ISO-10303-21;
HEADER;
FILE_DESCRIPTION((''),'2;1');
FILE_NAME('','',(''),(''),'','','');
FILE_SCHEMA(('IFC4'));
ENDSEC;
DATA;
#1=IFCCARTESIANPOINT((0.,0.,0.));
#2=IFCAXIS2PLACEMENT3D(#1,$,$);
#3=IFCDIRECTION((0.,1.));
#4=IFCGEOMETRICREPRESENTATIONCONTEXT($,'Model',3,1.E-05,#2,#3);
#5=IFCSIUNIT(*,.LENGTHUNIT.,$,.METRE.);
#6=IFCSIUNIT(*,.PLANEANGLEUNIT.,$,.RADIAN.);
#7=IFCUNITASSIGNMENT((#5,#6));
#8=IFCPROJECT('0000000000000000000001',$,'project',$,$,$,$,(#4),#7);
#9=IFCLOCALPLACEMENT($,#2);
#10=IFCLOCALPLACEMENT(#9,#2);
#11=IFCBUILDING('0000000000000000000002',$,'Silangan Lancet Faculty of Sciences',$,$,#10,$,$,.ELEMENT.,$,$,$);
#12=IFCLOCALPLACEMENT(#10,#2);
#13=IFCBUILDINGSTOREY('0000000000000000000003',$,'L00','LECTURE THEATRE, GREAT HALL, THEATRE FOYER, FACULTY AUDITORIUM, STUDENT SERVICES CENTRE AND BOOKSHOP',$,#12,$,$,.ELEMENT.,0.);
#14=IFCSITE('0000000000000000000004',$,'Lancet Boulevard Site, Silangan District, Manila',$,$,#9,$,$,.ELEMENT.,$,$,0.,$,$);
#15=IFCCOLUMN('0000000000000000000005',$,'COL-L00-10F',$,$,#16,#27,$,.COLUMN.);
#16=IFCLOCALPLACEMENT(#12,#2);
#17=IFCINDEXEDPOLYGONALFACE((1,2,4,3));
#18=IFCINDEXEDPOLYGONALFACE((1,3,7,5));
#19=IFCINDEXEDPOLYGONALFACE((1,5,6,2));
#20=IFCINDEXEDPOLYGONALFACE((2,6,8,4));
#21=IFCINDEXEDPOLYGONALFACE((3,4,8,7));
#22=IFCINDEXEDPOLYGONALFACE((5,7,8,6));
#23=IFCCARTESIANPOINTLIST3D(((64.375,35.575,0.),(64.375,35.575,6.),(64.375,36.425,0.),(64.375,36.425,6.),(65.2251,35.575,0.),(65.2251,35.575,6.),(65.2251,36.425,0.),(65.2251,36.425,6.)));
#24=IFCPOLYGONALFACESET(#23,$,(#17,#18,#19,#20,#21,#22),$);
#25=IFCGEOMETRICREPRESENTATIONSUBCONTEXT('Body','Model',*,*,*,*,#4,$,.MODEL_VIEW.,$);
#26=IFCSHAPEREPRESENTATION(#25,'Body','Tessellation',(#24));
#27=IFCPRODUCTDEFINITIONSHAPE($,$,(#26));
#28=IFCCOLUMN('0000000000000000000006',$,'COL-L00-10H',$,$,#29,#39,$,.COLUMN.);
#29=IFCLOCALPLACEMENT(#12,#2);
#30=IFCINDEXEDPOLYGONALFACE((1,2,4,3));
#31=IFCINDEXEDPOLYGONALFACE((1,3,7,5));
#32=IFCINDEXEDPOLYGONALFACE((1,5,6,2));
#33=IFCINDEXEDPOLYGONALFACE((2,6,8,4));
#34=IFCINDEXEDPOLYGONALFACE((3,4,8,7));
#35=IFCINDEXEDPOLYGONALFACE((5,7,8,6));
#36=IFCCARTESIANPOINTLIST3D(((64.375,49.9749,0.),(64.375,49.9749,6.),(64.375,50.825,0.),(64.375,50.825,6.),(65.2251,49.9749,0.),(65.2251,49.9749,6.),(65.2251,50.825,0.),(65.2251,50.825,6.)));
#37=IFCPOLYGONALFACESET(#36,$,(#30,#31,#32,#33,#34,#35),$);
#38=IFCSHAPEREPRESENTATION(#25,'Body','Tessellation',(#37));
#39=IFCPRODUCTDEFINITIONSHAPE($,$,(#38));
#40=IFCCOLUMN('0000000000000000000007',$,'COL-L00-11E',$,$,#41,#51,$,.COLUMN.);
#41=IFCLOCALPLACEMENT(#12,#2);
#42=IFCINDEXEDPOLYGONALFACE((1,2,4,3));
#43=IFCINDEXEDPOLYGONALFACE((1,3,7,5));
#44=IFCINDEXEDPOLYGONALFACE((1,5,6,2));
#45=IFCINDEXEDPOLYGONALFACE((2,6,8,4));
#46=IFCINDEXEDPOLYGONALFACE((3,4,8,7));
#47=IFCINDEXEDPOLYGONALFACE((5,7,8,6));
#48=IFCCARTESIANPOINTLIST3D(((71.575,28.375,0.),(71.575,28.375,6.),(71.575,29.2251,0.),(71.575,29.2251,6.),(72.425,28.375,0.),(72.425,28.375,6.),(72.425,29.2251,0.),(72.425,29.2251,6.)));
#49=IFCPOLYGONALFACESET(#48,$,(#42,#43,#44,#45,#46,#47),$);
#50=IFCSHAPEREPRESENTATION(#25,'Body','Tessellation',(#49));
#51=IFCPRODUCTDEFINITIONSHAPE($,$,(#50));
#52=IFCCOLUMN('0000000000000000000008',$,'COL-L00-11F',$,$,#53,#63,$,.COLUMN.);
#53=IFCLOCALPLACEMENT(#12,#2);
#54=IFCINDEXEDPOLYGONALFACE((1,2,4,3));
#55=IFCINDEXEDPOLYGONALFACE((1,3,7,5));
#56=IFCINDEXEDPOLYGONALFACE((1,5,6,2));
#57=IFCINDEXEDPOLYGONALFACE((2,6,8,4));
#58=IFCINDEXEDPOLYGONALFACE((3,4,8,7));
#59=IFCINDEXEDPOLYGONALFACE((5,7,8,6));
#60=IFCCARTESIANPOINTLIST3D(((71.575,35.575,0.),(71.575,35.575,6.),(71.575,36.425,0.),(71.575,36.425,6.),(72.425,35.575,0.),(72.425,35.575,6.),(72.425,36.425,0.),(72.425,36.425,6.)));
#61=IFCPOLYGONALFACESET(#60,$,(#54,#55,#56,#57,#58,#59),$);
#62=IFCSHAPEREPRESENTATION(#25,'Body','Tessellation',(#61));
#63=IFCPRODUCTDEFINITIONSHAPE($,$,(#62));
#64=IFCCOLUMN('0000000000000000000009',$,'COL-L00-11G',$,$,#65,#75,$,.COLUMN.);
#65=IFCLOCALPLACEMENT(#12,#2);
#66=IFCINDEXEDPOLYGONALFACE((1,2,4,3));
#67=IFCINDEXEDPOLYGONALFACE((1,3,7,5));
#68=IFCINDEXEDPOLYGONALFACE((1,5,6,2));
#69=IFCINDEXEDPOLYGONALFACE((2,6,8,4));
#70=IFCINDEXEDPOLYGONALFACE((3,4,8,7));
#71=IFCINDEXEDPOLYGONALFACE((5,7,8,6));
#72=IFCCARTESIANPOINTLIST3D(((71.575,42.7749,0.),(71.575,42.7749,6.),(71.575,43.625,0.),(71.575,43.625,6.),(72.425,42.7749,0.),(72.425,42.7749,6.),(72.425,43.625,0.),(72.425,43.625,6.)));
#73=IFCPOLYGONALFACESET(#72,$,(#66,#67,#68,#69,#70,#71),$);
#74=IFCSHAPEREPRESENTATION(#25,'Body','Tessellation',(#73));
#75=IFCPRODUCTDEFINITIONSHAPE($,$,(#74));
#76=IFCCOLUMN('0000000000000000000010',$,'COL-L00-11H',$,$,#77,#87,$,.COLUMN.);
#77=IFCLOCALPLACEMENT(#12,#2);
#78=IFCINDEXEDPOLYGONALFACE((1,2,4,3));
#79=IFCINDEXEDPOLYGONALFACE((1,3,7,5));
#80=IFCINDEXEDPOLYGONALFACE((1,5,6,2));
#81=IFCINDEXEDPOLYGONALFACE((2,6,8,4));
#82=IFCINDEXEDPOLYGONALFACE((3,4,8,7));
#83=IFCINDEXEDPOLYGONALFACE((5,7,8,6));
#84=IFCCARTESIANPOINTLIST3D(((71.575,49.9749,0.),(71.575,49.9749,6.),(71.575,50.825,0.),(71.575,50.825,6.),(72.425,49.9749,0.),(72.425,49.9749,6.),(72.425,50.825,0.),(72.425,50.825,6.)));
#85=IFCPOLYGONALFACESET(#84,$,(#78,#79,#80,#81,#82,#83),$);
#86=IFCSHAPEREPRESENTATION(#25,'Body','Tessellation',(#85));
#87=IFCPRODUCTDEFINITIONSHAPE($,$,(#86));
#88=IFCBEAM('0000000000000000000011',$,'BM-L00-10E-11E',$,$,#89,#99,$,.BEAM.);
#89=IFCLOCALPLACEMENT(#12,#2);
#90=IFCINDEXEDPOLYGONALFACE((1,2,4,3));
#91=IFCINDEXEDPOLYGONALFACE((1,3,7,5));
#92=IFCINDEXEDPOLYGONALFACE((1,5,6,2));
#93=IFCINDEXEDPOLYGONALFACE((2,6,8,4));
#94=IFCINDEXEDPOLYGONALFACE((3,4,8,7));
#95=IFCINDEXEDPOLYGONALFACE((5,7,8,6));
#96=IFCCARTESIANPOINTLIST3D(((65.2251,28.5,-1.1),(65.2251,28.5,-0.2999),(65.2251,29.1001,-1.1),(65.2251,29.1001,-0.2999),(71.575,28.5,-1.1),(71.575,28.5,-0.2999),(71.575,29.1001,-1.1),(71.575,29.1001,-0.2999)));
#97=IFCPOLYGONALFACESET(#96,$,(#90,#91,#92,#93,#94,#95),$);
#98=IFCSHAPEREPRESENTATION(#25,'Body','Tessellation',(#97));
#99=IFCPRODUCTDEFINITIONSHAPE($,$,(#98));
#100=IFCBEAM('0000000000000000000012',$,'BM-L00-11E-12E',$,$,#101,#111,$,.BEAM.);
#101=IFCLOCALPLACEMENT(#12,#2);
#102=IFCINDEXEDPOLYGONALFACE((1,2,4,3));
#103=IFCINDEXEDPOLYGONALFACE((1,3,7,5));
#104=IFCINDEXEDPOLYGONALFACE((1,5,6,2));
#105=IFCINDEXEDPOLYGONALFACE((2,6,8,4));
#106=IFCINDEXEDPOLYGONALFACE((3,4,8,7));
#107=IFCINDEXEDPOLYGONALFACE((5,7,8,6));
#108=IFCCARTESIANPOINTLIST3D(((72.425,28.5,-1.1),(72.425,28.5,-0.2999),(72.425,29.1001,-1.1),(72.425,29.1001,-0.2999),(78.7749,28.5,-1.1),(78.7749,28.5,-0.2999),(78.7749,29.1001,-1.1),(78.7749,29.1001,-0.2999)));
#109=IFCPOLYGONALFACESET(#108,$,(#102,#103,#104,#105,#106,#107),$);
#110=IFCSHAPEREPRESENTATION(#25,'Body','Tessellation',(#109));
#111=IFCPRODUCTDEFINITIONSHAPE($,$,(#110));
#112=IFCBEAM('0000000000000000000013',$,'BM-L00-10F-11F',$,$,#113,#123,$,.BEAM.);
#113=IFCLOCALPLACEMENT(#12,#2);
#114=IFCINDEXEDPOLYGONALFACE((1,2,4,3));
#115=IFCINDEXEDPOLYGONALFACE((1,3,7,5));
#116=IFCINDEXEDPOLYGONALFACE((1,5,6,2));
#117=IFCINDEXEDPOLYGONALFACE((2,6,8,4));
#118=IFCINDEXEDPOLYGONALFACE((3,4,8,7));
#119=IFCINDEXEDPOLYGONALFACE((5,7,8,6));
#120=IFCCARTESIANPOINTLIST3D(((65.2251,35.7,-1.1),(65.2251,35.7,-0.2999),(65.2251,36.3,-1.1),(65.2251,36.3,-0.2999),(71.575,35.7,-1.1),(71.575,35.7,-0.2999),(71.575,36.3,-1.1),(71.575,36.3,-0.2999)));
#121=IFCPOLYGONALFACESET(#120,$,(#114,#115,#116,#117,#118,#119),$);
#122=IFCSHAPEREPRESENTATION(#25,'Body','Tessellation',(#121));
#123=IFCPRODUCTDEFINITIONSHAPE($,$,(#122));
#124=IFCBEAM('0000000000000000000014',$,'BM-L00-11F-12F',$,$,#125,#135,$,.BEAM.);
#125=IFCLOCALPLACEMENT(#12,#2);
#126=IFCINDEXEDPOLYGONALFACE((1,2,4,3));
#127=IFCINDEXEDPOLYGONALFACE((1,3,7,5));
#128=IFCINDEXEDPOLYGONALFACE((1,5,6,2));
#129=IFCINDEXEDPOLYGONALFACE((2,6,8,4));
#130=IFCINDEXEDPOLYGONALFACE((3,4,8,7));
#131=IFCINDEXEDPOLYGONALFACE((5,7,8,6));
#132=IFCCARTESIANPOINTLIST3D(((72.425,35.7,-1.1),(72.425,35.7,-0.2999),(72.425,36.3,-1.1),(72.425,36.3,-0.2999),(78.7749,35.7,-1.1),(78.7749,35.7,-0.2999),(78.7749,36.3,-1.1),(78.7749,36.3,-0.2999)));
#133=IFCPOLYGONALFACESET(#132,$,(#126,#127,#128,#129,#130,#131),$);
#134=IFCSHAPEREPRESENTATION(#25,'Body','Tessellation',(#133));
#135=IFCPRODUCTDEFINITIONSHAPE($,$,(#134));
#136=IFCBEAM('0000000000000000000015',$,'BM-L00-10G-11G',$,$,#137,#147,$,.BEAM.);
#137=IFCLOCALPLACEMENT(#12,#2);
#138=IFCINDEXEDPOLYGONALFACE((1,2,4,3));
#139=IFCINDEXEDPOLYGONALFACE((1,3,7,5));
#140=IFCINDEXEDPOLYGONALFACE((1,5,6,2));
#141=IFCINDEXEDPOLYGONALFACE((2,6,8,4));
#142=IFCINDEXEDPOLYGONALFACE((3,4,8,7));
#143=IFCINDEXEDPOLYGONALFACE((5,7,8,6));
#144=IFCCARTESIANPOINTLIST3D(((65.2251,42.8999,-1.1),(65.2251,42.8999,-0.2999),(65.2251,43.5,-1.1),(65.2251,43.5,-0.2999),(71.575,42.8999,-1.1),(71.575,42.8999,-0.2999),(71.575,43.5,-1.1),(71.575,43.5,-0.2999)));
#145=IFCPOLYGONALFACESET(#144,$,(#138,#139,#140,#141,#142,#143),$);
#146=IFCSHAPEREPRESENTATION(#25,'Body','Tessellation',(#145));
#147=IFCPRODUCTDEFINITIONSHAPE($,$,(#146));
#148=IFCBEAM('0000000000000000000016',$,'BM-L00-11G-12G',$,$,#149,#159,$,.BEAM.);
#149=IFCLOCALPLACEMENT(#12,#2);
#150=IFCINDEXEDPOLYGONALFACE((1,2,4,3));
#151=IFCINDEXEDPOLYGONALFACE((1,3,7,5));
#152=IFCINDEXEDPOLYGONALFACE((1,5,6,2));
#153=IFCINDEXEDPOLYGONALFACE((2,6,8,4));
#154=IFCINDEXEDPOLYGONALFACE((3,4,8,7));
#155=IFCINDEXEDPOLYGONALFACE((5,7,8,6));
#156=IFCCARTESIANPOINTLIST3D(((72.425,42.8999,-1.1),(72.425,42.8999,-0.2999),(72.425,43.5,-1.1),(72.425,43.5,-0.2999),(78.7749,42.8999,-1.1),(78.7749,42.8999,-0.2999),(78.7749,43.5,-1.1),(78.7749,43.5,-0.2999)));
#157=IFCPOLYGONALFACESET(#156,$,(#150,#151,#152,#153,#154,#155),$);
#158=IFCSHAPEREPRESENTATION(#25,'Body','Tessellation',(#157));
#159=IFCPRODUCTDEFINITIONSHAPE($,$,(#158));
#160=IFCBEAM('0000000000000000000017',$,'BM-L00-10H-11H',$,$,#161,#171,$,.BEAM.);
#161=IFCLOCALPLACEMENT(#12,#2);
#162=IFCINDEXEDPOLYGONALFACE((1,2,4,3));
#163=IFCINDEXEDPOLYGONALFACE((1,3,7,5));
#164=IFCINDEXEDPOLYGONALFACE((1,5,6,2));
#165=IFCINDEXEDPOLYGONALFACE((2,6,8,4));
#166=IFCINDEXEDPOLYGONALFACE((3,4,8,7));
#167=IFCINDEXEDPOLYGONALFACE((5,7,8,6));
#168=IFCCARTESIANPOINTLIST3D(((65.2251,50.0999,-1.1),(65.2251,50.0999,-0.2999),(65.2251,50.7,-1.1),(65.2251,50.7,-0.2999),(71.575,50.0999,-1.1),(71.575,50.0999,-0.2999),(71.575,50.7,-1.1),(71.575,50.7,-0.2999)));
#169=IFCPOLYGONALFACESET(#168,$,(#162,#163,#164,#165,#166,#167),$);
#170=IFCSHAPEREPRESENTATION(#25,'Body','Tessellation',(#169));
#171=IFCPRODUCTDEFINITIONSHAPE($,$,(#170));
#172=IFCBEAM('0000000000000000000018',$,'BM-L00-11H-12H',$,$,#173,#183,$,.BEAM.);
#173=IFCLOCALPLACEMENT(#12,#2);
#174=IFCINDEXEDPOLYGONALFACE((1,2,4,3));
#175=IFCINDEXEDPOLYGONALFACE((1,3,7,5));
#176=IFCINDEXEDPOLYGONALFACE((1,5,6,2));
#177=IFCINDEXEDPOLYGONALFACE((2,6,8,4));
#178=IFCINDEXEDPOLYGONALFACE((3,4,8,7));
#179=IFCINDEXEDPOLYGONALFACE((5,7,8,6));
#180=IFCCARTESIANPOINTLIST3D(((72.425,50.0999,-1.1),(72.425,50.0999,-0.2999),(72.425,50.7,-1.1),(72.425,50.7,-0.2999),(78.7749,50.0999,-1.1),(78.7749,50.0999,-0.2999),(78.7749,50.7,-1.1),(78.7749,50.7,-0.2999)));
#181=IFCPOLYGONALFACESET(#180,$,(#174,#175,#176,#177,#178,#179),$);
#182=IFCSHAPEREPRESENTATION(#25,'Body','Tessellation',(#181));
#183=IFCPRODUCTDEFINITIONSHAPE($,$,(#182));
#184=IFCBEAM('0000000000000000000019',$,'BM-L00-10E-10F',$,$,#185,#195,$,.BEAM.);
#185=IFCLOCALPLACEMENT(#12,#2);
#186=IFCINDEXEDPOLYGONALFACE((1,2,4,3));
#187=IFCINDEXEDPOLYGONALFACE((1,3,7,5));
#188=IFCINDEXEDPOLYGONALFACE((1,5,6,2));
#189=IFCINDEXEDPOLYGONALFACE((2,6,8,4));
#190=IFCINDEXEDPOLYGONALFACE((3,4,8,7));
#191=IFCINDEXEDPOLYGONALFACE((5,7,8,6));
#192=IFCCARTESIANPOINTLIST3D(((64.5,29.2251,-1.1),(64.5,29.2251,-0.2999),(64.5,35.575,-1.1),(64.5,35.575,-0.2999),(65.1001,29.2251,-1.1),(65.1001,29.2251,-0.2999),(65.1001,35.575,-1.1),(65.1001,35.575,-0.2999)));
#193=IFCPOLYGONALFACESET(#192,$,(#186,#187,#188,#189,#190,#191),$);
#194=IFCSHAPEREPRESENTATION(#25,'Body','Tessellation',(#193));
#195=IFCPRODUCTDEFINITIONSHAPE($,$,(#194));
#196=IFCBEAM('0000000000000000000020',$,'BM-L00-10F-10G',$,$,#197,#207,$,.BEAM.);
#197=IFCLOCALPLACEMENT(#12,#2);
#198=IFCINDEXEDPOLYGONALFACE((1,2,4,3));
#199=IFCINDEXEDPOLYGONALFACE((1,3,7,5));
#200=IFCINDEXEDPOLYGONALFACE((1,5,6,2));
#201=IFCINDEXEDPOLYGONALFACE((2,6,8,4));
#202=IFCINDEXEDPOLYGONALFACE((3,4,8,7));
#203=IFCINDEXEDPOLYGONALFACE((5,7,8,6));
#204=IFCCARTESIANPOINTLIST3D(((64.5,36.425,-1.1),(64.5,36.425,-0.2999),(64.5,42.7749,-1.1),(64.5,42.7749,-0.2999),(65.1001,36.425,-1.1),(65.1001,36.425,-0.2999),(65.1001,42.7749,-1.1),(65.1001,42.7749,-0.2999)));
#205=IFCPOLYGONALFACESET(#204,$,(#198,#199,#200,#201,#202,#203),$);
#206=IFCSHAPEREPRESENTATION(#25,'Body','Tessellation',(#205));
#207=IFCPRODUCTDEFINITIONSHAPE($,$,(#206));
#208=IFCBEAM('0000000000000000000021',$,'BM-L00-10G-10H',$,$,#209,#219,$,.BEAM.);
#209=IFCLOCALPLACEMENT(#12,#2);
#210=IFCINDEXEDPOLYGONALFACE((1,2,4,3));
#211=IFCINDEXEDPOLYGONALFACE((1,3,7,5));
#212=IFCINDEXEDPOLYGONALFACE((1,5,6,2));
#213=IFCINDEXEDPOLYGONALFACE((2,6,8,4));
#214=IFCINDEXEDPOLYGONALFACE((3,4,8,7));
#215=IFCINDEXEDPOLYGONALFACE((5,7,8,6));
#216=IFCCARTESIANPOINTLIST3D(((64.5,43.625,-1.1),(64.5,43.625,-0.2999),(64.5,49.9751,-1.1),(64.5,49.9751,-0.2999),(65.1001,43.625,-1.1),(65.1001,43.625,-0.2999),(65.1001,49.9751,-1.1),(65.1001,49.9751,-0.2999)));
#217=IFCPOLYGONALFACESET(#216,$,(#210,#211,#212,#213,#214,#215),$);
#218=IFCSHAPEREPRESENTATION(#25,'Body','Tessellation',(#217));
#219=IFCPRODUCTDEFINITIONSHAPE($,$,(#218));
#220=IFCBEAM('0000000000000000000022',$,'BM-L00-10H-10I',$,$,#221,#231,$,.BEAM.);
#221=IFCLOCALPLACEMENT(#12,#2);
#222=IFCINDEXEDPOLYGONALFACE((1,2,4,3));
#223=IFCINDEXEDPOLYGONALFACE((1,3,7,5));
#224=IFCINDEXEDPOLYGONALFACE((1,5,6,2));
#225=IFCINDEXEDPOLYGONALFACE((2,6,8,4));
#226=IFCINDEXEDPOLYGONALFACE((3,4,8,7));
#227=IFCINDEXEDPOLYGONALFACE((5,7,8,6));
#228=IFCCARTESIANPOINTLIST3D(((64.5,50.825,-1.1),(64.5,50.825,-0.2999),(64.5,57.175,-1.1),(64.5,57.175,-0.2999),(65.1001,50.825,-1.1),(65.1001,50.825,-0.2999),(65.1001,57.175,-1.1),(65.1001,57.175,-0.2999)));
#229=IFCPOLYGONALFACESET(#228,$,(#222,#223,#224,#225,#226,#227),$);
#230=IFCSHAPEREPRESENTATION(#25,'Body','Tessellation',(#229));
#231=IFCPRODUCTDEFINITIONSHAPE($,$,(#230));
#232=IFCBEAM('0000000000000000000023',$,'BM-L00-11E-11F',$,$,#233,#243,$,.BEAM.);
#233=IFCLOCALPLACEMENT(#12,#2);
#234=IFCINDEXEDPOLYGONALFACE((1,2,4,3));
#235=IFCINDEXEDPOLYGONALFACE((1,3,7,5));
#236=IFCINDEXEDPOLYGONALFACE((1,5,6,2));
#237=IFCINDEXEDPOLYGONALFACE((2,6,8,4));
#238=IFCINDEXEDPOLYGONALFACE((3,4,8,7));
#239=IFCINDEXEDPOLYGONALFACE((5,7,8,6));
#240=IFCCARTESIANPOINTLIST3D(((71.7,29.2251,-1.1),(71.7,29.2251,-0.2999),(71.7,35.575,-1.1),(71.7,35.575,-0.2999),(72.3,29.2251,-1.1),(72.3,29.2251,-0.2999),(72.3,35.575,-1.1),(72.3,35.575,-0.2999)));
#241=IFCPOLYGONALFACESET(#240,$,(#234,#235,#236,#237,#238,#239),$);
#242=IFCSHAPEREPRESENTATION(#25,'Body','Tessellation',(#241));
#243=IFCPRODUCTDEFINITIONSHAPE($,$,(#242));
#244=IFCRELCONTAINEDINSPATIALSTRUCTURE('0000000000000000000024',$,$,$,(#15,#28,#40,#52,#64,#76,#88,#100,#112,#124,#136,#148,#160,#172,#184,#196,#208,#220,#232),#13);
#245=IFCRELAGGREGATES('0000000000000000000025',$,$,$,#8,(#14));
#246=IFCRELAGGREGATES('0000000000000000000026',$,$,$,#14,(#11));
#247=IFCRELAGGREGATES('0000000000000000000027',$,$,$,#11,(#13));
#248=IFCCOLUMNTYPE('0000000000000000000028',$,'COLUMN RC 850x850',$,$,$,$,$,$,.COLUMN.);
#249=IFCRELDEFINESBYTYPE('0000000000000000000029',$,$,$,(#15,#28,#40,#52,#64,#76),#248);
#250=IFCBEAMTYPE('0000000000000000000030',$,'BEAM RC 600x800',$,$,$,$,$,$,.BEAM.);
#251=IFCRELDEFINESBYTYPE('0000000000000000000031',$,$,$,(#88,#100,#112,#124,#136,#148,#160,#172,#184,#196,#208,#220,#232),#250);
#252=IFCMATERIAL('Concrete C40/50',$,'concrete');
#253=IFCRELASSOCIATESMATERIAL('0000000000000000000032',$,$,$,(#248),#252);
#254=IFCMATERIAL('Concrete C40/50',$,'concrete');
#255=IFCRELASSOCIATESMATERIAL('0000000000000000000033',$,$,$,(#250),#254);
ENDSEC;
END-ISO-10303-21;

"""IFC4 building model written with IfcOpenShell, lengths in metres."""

from ifc_helpers import new_model, si_unit, direction, frame, origin, origin_2d, place, context, subcontext, project, spatial, rectangle, extrude, material, material_profile, profile_set, type_object, element, save


model = new_model("IFC4")

# Units and contexts
model_context = context("Model", 3, precision=1e-05, world=origin(), true_north=direction((0.0, 1.0)))
body_context = subcontext(model_context, "Body", "Model", "MODEL_VIEW")
ifc_project = project(units=[si_unit("LENGTHUNIT", "METRE"), si_unit("PLANEANGLEUNIT", "RADIAN")], contexts=[model_context])

# Site, building, storey
site_placement = place(None, origin())
site = spatial("IfcSite", under=ifc_project, at=site_placement, Name="Lancet Boulevard Site, Silangan District, Manila", CompositionType="ELEMENT", RefElevation=0.0)
building_placement = place(site_placement, origin())
building = spatial("IfcBuilding", under=site, at=building_placement, Name="Silangan Lancet Faculty of Sciences", CompositionType="ELEMENT")
storey_placement = place(building_placement, origin())
storey = spatial("IfcBuildingStorey", under=building, at=storey_placement, Name="L00", Description="LECTURE THEATRE, GREAT HALL, THEATRE FOYER, FACULTY AUDITORIUM, STUDENT SERVICES CENTRE AND BOOKSHOP", CompositionType="ELEMENT", Elevation=0.0)

# Columns
ifc_material_1 = material(Name="Concrete C40/50", Category="concrete")
ifc_material_profile_1 = material_profile(ifc_material_1, rectangle(XDim=0.8501, YDim=0.8501, at=origin_2d()), Name="RC 850x850")
ifc_profile_set_1 = profile_set([ifc_material_profile_1], Name="Concrete C40/50")
column_type = type_object("IfcColumnType", Name="COLUMN RC 850x850", PredefinedType="COLUMN", material=ifc_profile_set_1)
for number, where, z_axis, x_axis, name in (
    (1, (64.8, 36.0, 0.0), (0.0, 0.0, 1.0), (1.0, 0.0, 0.0), "COL-L00-10F"),
    (2, (64.8, 50.3999, 0.0), (0.0, 0.0, 1.0), (1.0, 0.0, 0.0), "COL-L00-10H"),
    (3, (72.0, 28.8, 0.0), (0.0, 0.0, 1.0), (1.0, 0.0, 0.0), "COL-L00-11E"),
    (4, (72.0, 36.0, 0.0), (0.0, 0.0, 1.0), (1.0, 0.0, 0.0), "COL-L00-11F"),
    (5, (72.0, 43.2, 0.0), (0.0, 0.0, 1.0), (1.0, 0.0, 0.0), "COL-L00-11G"),
    (6, (72.0, 50.3999, 0.0), (0.0, 0.0, 1.0), (1.0, 0.0, 0.0), "COL-L00-11H"),
):
    element("IfcColumn", number, at=place(storey_placement, frame(where, z_axis=z_axis, x_axis=x_axis)), inside=storey, type_object=column_type, Name=name, PredefinedType="COLUMN", context=body_context, shape_type="SweptSolid", body=[
        extrude(rectangle(XDim=0.8501, YDim=0.8501, at=origin_2d()), origin(), (0.0, 0.0, 1.0), 6.0),
    ])

# Beams
ifc_material_2 = material(Name="Concrete C40/50", Category="concrete")
ifc_material_profile_2 = material_profile(ifc_material_2, rectangle(XDim=0.6001, YDim=0.8, at=origin_2d()), Name="RC 600x800")
ifc_profile_set_2 = profile_set([ifc_material_profile_2], Name="Concrete C40/50")
beam_type = type_object("IfcBeamType", Name="BEAM RC 600x800", PredefinedType="BEAM", material=ifc_profile_set_2)
for number, where, z_axis, x_axis, name in (
    (7, (65.2251, 28.8, -0.7), (1.0, 0.0, 0.0), (0.0, 1.0, 0.0), "BM-L00-10E-11E"),
    (8, (72.425, 28.8, -0.7), (1.0, 0.0, 0.0), (0.0, 1.0, 0.0), "BM-L00-11E-12E"),
    (9, (65.2251, 36.0, -0.7), (1.0, 0.0, 0.0), (0.0, 1.0, 0.0), "BM-L00-10F-11F"),
    (10, (72.425, 36.0, -0.7), (1.0, 0.0, 0.0), (0.0, 1.0, 0.0), "BM-L00-11F-12F"),
    (11, (65.2251, 43.2, -0.7), (1.0, 0.0, 0.0), (0.0, 1.0, 0.0), "BM-L00-10G-11G"),
    (12, (72.425, 43.2, -0.7), (1.0, 0.0, 0.0), (0.0, 1.0, 0.0), "BM-L00-11G-12G"),
    (13, (65.2251, 50.3999, -0.7), (1.0, 0.0, 0.0), (0.0, 1.0, 0.0), "BM-L00-10H-11H"),
    (14, (72.425, 50.3999, -0.7), (1.0, 0.0, 0.0), (0.0, 1.0, 0.0), "BM-L00-11H-12H"),
    (15, (64.8, 29.2251, -0.7), (0.0, 1.0, 0.0), (-1.0, 0.0, 0.0), "BM-L00-10E-10F"),
    (16, (64.8, 36.425, -0.7), (0.0, 1.0, 0.0), (-1.0, 0.0, 0.0), "BM-L00-10F-10G"),
):
    element("IfcBeam", number, at=place(storey_placement, frame(where, z_axis=z_axis, x_axis=x_axis)), inside=storey, type_object=beam_type, Name=name, PredefinedType="BEAM", context=body_context, shape_type="SweptSolid", body=[
        extrude(rectangle(XDim=0.6001, YDim=0.8, at=origin_2d()), origin(), (0.0, 0.0, 1.0), 6.3499),
    ])
for number, where, z_axis, x_axis, name in (
    (17, (64.8, 43.625, -0.7), (0.0, 1.0, 0.0), (-1.0, 0.0, 0.0), "BM-L00-10G-10H"),
    (18, (64.8, 50.825, -0.7), (0.0, 1.0, 0.0), (-1.0, 0.0, 0.0), "BM-L00-10H-10I"),
):
    element("IfcBeam", number, at=place(storey_placement, frame(where, z_axis=z_axis, x_axis=x_axis)), inside=storey, type_object=beam_type, Name=name, PredefinedType="BEAM", context=body_context, shape_type="SweptSolid", body=[
        extrude(rectangle(XDim=0.6001, YDim=0.8, at=origin_2d()), origin(), (0.0, 0.0, 1.0), 6.3501),
    ])
for number, where, z_axis, x_axis, name in (
    (19, (72.0, 29.2251, -0.7), (0.0, 1.0, 0.0), (-1.0, 0.0, 0.0), "BM-L00-11E-11F"),
):
    element("IfcBeam", number, at=place(storey_placement, frame(where, z_axis=z_axis, x_axis=x_axis)), inside=storey, type_object=beam_type, Name=name, PredefinedType="BEAM", context=body_context, shape_type="SweptSolid", body=[
        extrude(rectangle(XDim=0.6001, YDim=0.8, at=origin_2d()), origin(), (0.0, 0.0, 1.0), 6.3499),
    ])

save(model, "model.ifc")
